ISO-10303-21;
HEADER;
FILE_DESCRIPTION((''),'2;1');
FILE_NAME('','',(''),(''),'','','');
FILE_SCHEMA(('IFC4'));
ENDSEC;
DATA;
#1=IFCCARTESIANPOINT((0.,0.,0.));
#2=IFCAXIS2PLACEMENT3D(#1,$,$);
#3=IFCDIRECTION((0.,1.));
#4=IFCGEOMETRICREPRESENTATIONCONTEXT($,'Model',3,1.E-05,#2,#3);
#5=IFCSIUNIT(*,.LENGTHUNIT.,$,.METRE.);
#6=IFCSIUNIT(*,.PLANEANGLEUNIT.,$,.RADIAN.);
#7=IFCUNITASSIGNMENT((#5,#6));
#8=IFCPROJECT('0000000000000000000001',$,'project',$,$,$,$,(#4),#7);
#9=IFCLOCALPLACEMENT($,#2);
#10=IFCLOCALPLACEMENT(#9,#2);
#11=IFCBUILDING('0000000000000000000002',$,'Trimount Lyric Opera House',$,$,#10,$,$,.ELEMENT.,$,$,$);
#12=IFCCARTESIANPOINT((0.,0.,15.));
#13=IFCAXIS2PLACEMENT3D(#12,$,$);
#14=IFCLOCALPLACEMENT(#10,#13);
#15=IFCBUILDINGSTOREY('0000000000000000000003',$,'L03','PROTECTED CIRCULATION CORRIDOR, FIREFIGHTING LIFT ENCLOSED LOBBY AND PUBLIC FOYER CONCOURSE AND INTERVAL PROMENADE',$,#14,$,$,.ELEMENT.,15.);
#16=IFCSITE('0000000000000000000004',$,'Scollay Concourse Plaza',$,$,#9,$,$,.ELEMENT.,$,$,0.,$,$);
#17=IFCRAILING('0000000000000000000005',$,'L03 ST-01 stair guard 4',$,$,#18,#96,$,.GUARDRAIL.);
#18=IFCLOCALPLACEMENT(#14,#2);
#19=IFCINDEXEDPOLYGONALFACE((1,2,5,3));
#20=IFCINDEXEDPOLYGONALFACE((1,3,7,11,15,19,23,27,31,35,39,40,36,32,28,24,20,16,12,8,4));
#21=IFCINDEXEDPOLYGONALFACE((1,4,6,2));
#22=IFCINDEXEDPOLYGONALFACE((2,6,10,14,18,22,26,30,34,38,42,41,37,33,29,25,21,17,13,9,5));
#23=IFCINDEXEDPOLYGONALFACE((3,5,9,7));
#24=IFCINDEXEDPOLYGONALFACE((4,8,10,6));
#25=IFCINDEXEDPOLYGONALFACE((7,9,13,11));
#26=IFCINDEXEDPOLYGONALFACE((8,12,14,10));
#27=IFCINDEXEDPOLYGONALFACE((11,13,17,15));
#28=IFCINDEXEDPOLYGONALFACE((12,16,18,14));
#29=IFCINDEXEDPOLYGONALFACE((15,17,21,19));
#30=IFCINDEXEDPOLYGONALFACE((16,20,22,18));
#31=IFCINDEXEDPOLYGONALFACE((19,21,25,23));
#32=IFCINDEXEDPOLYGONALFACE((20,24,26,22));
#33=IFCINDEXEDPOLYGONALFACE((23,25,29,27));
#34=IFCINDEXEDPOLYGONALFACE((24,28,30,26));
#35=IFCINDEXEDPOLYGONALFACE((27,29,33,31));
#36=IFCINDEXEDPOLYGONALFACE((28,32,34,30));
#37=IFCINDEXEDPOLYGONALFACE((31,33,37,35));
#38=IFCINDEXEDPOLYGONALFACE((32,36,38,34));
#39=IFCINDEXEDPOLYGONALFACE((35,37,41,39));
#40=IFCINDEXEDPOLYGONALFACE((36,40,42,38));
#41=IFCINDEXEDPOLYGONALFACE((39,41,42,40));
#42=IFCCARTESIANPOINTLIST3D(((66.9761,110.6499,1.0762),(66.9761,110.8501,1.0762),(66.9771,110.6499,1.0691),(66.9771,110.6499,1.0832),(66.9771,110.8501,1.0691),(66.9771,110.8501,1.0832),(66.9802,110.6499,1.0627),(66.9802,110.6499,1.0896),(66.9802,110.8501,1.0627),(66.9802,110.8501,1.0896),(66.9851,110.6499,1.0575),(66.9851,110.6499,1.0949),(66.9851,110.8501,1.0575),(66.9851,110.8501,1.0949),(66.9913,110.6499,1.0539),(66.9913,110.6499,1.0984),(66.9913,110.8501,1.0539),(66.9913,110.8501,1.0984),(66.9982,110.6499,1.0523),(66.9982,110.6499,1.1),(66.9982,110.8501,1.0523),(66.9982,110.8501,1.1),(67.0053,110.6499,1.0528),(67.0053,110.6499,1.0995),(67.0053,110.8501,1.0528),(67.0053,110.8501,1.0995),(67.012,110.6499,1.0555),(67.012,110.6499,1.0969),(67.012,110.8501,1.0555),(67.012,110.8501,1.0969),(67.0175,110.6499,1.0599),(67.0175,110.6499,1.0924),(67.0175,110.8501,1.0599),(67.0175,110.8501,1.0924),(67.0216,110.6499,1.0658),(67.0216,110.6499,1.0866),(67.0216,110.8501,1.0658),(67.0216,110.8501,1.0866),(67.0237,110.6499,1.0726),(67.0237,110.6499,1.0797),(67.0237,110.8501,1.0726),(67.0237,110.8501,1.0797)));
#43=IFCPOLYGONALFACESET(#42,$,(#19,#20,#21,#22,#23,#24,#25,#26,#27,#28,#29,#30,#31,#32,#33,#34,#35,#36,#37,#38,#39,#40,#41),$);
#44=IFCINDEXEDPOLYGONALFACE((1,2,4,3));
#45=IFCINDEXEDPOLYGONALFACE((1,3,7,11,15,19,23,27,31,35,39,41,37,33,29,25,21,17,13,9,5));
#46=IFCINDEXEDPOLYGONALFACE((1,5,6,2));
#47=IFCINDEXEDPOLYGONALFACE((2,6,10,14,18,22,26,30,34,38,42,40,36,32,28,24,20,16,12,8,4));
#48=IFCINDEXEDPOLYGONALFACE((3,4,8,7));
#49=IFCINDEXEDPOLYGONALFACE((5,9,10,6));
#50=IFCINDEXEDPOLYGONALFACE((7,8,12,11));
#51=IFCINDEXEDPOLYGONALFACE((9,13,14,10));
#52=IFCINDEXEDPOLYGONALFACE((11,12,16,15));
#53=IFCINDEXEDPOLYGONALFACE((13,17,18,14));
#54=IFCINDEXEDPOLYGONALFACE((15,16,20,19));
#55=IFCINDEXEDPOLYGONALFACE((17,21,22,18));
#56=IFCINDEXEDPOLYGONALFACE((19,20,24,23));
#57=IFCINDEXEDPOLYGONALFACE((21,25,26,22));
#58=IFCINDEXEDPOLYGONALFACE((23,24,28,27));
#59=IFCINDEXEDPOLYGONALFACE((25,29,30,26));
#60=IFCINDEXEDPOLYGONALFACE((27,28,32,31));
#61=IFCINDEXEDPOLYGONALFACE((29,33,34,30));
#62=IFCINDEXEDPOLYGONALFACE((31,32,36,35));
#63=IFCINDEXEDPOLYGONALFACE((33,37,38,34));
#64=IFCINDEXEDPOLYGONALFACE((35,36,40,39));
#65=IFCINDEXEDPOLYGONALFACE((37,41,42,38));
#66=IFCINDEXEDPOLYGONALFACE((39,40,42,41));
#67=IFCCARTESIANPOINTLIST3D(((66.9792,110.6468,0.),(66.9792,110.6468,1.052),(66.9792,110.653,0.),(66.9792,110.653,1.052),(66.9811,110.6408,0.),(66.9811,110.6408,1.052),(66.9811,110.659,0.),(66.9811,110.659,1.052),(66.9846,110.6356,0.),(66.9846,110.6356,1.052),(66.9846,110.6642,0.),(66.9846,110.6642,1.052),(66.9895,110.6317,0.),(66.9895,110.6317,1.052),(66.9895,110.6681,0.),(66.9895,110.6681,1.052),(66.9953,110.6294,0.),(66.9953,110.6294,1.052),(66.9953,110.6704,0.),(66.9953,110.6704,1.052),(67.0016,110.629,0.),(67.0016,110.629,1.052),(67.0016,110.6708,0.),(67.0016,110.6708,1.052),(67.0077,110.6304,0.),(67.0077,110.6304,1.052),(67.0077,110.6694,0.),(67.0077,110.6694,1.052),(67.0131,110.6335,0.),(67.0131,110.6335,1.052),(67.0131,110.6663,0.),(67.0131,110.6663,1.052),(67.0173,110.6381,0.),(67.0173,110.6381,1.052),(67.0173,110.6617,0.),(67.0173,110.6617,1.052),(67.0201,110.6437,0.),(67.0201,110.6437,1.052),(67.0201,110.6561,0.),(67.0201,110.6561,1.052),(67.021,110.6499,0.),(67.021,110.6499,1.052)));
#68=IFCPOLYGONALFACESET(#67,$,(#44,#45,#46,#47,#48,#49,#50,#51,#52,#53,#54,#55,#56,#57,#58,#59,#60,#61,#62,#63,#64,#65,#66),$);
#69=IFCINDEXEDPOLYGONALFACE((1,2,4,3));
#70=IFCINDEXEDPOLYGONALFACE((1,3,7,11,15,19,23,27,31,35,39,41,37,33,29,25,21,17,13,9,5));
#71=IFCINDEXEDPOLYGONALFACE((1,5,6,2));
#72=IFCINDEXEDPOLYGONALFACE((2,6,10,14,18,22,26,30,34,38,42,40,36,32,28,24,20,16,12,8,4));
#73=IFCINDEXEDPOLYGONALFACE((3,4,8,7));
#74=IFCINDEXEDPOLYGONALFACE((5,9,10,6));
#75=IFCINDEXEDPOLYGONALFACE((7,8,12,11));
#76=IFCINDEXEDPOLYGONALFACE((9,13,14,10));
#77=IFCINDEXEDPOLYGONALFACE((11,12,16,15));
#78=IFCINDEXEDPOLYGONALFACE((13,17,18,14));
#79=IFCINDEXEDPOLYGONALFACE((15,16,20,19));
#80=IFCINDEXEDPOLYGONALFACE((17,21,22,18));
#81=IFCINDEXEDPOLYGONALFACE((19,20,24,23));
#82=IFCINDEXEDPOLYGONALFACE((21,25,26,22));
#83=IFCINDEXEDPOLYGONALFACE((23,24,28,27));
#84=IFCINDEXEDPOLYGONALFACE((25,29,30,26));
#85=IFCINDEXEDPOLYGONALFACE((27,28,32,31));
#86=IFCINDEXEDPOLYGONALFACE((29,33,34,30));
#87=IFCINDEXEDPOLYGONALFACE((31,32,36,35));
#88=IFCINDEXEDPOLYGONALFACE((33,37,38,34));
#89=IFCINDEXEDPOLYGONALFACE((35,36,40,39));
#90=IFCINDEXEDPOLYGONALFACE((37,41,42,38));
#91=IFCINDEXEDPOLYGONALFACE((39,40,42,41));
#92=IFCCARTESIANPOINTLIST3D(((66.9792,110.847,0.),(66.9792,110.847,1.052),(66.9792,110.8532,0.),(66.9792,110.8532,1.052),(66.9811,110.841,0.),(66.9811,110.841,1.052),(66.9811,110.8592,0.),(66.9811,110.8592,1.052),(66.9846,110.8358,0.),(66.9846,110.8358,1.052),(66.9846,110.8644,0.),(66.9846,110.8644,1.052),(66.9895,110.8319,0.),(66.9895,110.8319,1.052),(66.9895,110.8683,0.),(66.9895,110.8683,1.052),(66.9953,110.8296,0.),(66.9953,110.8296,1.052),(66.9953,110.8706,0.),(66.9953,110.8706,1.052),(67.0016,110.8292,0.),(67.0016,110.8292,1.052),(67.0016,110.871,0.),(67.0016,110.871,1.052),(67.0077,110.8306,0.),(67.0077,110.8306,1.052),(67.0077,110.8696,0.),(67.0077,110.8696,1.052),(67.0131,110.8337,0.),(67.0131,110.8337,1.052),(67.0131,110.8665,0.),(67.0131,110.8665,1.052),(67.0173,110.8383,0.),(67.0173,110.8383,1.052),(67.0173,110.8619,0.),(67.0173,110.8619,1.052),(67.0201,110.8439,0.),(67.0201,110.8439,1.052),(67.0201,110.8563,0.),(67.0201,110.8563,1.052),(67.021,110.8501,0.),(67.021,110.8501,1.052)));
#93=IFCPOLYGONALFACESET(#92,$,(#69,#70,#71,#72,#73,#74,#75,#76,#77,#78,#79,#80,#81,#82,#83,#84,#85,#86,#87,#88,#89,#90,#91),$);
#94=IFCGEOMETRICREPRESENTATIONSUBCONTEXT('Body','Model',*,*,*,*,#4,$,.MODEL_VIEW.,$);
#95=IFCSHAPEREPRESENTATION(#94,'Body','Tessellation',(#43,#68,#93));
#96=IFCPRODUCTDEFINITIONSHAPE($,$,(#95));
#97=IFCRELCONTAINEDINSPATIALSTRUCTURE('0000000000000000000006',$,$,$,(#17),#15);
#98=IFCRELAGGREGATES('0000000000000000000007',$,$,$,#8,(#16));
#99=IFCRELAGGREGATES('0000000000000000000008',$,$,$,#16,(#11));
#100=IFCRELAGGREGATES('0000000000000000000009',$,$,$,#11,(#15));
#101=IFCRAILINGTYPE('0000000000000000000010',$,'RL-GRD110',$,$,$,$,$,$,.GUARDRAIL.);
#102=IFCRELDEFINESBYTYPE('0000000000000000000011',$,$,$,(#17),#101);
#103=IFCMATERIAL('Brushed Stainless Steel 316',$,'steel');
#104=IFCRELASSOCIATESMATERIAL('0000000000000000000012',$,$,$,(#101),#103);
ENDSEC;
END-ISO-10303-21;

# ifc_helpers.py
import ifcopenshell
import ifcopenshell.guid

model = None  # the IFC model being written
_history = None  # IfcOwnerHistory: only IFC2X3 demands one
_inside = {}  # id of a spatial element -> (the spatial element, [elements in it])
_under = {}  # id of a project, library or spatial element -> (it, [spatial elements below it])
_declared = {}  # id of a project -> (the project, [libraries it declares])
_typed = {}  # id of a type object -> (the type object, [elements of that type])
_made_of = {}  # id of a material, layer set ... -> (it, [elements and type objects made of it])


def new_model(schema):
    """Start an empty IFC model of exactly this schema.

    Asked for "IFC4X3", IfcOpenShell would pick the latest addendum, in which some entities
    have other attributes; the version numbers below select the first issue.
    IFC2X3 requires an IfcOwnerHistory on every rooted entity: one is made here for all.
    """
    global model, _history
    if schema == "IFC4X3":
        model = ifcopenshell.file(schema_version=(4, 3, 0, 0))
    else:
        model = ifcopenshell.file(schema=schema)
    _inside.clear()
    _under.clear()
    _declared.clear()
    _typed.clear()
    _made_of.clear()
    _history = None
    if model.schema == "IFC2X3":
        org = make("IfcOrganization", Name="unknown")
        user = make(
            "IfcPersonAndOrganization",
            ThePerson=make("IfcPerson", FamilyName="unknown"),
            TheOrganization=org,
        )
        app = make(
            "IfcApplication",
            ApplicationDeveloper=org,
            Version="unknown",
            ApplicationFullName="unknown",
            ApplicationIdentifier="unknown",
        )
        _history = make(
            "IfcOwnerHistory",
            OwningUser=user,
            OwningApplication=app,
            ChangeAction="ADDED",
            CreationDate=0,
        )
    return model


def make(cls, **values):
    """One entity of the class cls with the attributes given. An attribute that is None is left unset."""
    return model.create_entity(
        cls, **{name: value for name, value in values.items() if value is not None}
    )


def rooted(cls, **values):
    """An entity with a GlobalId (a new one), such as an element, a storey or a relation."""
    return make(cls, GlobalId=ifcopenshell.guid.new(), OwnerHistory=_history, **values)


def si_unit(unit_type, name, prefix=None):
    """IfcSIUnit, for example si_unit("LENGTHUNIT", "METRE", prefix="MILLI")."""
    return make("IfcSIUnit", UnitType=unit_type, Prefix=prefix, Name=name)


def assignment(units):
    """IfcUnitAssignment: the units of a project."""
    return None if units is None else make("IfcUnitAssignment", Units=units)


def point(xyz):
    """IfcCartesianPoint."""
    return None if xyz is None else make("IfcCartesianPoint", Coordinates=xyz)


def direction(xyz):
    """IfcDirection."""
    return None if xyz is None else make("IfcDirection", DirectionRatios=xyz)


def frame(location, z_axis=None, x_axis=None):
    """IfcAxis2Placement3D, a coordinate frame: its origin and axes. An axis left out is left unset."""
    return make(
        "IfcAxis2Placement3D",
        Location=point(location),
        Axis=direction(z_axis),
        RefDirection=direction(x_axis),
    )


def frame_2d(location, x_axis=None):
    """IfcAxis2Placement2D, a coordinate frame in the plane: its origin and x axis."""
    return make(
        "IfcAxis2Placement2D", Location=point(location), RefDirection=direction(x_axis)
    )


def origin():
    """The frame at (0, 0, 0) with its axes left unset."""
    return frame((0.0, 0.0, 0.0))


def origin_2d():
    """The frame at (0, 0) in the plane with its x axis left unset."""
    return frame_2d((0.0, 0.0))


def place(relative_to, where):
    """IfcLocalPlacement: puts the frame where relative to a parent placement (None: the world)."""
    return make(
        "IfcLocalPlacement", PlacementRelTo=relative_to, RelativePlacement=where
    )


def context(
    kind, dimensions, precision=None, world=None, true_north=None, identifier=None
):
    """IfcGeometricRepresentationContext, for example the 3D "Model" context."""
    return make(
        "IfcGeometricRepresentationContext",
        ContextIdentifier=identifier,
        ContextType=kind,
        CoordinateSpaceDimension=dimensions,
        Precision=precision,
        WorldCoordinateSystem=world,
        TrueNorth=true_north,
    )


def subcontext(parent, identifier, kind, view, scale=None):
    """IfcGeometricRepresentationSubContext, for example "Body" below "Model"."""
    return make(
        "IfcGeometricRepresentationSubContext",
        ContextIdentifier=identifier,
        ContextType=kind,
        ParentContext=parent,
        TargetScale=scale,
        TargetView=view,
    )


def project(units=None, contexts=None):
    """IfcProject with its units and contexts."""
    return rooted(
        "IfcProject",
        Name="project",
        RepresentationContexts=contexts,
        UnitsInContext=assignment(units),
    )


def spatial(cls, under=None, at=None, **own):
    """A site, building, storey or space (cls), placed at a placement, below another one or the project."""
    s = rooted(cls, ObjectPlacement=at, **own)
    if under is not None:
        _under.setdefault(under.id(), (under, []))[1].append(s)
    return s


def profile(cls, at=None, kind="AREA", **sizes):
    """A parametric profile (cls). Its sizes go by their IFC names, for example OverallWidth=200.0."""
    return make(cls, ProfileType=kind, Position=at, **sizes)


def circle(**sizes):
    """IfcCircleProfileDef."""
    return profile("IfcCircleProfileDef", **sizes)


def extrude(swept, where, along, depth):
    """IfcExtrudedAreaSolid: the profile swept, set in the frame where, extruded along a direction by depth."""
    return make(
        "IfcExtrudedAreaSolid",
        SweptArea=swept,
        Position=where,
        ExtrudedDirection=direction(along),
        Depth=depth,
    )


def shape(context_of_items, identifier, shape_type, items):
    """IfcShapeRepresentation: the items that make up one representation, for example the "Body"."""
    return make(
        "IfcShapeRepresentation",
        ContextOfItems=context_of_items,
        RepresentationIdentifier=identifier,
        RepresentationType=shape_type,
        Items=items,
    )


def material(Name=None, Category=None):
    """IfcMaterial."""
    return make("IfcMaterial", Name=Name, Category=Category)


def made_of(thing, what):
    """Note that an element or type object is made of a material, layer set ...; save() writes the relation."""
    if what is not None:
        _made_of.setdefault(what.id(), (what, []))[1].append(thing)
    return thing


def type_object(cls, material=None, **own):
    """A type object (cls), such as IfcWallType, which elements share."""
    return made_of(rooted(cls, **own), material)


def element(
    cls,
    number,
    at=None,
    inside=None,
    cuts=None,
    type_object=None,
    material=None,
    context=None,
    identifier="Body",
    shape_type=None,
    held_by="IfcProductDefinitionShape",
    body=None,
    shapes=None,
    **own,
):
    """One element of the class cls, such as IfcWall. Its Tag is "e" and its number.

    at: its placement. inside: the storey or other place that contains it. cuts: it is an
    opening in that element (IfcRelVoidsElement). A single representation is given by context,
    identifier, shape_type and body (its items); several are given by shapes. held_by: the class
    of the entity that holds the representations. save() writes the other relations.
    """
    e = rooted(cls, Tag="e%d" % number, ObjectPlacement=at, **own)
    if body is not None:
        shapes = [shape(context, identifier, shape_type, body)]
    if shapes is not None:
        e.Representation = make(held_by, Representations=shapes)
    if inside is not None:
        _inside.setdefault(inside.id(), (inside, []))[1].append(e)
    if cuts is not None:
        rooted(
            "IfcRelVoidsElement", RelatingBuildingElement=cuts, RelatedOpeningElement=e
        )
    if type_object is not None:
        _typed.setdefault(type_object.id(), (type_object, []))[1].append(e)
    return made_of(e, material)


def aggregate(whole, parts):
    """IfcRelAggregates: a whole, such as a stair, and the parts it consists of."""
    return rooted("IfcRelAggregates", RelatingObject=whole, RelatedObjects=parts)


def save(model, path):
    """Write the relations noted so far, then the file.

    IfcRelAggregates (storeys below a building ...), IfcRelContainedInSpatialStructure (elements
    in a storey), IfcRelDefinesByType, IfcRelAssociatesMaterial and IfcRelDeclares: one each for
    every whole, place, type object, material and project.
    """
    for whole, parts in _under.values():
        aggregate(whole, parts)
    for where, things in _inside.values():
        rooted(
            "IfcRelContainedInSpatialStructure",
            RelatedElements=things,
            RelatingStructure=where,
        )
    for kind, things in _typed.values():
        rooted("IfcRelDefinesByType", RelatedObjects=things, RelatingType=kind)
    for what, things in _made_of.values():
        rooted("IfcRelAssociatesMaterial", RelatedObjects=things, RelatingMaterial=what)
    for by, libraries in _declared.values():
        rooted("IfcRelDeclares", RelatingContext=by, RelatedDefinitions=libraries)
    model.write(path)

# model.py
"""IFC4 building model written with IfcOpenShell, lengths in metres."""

from ifc_helpers import new_model, si_unit, direction, frame, origin, origin_2d, place, context, subcontext, project, spatial, circle, extrude, material, type_object, element, save


model = new_model("IFC4")

# Units and contexts
model_context = context("Model", 3, precision=1e-05, world=origin(), true_north=direction((0.0, 1.0)))
body_context = subcontext(model_context, "Body", "Model", "MODEL_VIEW")
ifc_project = project(units=[si_unit("LENGTHUNIT", "METRE"), si_unit("PLANEANGLEUNIT", "RADIAN")], contexts=[model_context])

# Site, building, storey
site_placement = place(None, origin())
site = spatial("IfcSite", under=ifc_project, at=site_placement, Name="Scollay Concourse Plaza", CompositionType="ELEMENT", RefElevation=0.0)
building_placement = place(site_placement, origin())
building = spatial("IfcBuilding", under=site, at=building_placement, Name="Trimount Lyric Opera House", CompositionType="ELEMENT")
storey_placement = place(building_placement, frame((0.0, 0.0, 15.0)))
storey = spatial("IfcBuildingStorey", under=building, at=storey_placement, Name="L03", Description="PROTECTED CIRCULATION CORRIDOR, FIREFIGHTING LIFT ENCLOSED LOBBY AND PUBLIC FOYER CONCOURSE AND INTERVAL PROMENADE", CompositionType="ELEMENT", Elevation=15.0)

# Railing
ifc_material_1 = material(Name="Brushed Stainless Steel 316", Category="steel")
railing_type_1 = type_object("IfcRailingType", Name="RL-GRD110", PredefinedType="GUARDRAIL", material=ifc_material_1)
railing_1_placement = place(storey_placement, frame((67.0, 110.6499, 0.0)))
element("IfcRailing", 1, at=railing_1_placement, inside=storey, type_object=railing_type_1, Name="L03 ST-01 stair guard 4", PredefinedType="GUARDRAIL", context=body_context, shape_type="SweptSolid", body=[
    extrude(circle(Radius=0.0239, at=origin_2d()), frame((0.0, 0.0, 1.0762), z_axis=(0.0, 1.0, 0.0), x_axis=(-1.0, 0.0, 0.0)), (0.0, 0.0, 1.0), 0.2002),
    extrude(circle(Radius=0.021, at=origin_2d()), origin(), (0.0, 0.0, 1.0), 1.052),
    extrude(circle(Radius=0.021, at=origin_2d()), frame((0.0, 0.2002, 0.0)), (0.0, 0.0, 1.0), 1.052),
])

save(model, "model.ifc")
